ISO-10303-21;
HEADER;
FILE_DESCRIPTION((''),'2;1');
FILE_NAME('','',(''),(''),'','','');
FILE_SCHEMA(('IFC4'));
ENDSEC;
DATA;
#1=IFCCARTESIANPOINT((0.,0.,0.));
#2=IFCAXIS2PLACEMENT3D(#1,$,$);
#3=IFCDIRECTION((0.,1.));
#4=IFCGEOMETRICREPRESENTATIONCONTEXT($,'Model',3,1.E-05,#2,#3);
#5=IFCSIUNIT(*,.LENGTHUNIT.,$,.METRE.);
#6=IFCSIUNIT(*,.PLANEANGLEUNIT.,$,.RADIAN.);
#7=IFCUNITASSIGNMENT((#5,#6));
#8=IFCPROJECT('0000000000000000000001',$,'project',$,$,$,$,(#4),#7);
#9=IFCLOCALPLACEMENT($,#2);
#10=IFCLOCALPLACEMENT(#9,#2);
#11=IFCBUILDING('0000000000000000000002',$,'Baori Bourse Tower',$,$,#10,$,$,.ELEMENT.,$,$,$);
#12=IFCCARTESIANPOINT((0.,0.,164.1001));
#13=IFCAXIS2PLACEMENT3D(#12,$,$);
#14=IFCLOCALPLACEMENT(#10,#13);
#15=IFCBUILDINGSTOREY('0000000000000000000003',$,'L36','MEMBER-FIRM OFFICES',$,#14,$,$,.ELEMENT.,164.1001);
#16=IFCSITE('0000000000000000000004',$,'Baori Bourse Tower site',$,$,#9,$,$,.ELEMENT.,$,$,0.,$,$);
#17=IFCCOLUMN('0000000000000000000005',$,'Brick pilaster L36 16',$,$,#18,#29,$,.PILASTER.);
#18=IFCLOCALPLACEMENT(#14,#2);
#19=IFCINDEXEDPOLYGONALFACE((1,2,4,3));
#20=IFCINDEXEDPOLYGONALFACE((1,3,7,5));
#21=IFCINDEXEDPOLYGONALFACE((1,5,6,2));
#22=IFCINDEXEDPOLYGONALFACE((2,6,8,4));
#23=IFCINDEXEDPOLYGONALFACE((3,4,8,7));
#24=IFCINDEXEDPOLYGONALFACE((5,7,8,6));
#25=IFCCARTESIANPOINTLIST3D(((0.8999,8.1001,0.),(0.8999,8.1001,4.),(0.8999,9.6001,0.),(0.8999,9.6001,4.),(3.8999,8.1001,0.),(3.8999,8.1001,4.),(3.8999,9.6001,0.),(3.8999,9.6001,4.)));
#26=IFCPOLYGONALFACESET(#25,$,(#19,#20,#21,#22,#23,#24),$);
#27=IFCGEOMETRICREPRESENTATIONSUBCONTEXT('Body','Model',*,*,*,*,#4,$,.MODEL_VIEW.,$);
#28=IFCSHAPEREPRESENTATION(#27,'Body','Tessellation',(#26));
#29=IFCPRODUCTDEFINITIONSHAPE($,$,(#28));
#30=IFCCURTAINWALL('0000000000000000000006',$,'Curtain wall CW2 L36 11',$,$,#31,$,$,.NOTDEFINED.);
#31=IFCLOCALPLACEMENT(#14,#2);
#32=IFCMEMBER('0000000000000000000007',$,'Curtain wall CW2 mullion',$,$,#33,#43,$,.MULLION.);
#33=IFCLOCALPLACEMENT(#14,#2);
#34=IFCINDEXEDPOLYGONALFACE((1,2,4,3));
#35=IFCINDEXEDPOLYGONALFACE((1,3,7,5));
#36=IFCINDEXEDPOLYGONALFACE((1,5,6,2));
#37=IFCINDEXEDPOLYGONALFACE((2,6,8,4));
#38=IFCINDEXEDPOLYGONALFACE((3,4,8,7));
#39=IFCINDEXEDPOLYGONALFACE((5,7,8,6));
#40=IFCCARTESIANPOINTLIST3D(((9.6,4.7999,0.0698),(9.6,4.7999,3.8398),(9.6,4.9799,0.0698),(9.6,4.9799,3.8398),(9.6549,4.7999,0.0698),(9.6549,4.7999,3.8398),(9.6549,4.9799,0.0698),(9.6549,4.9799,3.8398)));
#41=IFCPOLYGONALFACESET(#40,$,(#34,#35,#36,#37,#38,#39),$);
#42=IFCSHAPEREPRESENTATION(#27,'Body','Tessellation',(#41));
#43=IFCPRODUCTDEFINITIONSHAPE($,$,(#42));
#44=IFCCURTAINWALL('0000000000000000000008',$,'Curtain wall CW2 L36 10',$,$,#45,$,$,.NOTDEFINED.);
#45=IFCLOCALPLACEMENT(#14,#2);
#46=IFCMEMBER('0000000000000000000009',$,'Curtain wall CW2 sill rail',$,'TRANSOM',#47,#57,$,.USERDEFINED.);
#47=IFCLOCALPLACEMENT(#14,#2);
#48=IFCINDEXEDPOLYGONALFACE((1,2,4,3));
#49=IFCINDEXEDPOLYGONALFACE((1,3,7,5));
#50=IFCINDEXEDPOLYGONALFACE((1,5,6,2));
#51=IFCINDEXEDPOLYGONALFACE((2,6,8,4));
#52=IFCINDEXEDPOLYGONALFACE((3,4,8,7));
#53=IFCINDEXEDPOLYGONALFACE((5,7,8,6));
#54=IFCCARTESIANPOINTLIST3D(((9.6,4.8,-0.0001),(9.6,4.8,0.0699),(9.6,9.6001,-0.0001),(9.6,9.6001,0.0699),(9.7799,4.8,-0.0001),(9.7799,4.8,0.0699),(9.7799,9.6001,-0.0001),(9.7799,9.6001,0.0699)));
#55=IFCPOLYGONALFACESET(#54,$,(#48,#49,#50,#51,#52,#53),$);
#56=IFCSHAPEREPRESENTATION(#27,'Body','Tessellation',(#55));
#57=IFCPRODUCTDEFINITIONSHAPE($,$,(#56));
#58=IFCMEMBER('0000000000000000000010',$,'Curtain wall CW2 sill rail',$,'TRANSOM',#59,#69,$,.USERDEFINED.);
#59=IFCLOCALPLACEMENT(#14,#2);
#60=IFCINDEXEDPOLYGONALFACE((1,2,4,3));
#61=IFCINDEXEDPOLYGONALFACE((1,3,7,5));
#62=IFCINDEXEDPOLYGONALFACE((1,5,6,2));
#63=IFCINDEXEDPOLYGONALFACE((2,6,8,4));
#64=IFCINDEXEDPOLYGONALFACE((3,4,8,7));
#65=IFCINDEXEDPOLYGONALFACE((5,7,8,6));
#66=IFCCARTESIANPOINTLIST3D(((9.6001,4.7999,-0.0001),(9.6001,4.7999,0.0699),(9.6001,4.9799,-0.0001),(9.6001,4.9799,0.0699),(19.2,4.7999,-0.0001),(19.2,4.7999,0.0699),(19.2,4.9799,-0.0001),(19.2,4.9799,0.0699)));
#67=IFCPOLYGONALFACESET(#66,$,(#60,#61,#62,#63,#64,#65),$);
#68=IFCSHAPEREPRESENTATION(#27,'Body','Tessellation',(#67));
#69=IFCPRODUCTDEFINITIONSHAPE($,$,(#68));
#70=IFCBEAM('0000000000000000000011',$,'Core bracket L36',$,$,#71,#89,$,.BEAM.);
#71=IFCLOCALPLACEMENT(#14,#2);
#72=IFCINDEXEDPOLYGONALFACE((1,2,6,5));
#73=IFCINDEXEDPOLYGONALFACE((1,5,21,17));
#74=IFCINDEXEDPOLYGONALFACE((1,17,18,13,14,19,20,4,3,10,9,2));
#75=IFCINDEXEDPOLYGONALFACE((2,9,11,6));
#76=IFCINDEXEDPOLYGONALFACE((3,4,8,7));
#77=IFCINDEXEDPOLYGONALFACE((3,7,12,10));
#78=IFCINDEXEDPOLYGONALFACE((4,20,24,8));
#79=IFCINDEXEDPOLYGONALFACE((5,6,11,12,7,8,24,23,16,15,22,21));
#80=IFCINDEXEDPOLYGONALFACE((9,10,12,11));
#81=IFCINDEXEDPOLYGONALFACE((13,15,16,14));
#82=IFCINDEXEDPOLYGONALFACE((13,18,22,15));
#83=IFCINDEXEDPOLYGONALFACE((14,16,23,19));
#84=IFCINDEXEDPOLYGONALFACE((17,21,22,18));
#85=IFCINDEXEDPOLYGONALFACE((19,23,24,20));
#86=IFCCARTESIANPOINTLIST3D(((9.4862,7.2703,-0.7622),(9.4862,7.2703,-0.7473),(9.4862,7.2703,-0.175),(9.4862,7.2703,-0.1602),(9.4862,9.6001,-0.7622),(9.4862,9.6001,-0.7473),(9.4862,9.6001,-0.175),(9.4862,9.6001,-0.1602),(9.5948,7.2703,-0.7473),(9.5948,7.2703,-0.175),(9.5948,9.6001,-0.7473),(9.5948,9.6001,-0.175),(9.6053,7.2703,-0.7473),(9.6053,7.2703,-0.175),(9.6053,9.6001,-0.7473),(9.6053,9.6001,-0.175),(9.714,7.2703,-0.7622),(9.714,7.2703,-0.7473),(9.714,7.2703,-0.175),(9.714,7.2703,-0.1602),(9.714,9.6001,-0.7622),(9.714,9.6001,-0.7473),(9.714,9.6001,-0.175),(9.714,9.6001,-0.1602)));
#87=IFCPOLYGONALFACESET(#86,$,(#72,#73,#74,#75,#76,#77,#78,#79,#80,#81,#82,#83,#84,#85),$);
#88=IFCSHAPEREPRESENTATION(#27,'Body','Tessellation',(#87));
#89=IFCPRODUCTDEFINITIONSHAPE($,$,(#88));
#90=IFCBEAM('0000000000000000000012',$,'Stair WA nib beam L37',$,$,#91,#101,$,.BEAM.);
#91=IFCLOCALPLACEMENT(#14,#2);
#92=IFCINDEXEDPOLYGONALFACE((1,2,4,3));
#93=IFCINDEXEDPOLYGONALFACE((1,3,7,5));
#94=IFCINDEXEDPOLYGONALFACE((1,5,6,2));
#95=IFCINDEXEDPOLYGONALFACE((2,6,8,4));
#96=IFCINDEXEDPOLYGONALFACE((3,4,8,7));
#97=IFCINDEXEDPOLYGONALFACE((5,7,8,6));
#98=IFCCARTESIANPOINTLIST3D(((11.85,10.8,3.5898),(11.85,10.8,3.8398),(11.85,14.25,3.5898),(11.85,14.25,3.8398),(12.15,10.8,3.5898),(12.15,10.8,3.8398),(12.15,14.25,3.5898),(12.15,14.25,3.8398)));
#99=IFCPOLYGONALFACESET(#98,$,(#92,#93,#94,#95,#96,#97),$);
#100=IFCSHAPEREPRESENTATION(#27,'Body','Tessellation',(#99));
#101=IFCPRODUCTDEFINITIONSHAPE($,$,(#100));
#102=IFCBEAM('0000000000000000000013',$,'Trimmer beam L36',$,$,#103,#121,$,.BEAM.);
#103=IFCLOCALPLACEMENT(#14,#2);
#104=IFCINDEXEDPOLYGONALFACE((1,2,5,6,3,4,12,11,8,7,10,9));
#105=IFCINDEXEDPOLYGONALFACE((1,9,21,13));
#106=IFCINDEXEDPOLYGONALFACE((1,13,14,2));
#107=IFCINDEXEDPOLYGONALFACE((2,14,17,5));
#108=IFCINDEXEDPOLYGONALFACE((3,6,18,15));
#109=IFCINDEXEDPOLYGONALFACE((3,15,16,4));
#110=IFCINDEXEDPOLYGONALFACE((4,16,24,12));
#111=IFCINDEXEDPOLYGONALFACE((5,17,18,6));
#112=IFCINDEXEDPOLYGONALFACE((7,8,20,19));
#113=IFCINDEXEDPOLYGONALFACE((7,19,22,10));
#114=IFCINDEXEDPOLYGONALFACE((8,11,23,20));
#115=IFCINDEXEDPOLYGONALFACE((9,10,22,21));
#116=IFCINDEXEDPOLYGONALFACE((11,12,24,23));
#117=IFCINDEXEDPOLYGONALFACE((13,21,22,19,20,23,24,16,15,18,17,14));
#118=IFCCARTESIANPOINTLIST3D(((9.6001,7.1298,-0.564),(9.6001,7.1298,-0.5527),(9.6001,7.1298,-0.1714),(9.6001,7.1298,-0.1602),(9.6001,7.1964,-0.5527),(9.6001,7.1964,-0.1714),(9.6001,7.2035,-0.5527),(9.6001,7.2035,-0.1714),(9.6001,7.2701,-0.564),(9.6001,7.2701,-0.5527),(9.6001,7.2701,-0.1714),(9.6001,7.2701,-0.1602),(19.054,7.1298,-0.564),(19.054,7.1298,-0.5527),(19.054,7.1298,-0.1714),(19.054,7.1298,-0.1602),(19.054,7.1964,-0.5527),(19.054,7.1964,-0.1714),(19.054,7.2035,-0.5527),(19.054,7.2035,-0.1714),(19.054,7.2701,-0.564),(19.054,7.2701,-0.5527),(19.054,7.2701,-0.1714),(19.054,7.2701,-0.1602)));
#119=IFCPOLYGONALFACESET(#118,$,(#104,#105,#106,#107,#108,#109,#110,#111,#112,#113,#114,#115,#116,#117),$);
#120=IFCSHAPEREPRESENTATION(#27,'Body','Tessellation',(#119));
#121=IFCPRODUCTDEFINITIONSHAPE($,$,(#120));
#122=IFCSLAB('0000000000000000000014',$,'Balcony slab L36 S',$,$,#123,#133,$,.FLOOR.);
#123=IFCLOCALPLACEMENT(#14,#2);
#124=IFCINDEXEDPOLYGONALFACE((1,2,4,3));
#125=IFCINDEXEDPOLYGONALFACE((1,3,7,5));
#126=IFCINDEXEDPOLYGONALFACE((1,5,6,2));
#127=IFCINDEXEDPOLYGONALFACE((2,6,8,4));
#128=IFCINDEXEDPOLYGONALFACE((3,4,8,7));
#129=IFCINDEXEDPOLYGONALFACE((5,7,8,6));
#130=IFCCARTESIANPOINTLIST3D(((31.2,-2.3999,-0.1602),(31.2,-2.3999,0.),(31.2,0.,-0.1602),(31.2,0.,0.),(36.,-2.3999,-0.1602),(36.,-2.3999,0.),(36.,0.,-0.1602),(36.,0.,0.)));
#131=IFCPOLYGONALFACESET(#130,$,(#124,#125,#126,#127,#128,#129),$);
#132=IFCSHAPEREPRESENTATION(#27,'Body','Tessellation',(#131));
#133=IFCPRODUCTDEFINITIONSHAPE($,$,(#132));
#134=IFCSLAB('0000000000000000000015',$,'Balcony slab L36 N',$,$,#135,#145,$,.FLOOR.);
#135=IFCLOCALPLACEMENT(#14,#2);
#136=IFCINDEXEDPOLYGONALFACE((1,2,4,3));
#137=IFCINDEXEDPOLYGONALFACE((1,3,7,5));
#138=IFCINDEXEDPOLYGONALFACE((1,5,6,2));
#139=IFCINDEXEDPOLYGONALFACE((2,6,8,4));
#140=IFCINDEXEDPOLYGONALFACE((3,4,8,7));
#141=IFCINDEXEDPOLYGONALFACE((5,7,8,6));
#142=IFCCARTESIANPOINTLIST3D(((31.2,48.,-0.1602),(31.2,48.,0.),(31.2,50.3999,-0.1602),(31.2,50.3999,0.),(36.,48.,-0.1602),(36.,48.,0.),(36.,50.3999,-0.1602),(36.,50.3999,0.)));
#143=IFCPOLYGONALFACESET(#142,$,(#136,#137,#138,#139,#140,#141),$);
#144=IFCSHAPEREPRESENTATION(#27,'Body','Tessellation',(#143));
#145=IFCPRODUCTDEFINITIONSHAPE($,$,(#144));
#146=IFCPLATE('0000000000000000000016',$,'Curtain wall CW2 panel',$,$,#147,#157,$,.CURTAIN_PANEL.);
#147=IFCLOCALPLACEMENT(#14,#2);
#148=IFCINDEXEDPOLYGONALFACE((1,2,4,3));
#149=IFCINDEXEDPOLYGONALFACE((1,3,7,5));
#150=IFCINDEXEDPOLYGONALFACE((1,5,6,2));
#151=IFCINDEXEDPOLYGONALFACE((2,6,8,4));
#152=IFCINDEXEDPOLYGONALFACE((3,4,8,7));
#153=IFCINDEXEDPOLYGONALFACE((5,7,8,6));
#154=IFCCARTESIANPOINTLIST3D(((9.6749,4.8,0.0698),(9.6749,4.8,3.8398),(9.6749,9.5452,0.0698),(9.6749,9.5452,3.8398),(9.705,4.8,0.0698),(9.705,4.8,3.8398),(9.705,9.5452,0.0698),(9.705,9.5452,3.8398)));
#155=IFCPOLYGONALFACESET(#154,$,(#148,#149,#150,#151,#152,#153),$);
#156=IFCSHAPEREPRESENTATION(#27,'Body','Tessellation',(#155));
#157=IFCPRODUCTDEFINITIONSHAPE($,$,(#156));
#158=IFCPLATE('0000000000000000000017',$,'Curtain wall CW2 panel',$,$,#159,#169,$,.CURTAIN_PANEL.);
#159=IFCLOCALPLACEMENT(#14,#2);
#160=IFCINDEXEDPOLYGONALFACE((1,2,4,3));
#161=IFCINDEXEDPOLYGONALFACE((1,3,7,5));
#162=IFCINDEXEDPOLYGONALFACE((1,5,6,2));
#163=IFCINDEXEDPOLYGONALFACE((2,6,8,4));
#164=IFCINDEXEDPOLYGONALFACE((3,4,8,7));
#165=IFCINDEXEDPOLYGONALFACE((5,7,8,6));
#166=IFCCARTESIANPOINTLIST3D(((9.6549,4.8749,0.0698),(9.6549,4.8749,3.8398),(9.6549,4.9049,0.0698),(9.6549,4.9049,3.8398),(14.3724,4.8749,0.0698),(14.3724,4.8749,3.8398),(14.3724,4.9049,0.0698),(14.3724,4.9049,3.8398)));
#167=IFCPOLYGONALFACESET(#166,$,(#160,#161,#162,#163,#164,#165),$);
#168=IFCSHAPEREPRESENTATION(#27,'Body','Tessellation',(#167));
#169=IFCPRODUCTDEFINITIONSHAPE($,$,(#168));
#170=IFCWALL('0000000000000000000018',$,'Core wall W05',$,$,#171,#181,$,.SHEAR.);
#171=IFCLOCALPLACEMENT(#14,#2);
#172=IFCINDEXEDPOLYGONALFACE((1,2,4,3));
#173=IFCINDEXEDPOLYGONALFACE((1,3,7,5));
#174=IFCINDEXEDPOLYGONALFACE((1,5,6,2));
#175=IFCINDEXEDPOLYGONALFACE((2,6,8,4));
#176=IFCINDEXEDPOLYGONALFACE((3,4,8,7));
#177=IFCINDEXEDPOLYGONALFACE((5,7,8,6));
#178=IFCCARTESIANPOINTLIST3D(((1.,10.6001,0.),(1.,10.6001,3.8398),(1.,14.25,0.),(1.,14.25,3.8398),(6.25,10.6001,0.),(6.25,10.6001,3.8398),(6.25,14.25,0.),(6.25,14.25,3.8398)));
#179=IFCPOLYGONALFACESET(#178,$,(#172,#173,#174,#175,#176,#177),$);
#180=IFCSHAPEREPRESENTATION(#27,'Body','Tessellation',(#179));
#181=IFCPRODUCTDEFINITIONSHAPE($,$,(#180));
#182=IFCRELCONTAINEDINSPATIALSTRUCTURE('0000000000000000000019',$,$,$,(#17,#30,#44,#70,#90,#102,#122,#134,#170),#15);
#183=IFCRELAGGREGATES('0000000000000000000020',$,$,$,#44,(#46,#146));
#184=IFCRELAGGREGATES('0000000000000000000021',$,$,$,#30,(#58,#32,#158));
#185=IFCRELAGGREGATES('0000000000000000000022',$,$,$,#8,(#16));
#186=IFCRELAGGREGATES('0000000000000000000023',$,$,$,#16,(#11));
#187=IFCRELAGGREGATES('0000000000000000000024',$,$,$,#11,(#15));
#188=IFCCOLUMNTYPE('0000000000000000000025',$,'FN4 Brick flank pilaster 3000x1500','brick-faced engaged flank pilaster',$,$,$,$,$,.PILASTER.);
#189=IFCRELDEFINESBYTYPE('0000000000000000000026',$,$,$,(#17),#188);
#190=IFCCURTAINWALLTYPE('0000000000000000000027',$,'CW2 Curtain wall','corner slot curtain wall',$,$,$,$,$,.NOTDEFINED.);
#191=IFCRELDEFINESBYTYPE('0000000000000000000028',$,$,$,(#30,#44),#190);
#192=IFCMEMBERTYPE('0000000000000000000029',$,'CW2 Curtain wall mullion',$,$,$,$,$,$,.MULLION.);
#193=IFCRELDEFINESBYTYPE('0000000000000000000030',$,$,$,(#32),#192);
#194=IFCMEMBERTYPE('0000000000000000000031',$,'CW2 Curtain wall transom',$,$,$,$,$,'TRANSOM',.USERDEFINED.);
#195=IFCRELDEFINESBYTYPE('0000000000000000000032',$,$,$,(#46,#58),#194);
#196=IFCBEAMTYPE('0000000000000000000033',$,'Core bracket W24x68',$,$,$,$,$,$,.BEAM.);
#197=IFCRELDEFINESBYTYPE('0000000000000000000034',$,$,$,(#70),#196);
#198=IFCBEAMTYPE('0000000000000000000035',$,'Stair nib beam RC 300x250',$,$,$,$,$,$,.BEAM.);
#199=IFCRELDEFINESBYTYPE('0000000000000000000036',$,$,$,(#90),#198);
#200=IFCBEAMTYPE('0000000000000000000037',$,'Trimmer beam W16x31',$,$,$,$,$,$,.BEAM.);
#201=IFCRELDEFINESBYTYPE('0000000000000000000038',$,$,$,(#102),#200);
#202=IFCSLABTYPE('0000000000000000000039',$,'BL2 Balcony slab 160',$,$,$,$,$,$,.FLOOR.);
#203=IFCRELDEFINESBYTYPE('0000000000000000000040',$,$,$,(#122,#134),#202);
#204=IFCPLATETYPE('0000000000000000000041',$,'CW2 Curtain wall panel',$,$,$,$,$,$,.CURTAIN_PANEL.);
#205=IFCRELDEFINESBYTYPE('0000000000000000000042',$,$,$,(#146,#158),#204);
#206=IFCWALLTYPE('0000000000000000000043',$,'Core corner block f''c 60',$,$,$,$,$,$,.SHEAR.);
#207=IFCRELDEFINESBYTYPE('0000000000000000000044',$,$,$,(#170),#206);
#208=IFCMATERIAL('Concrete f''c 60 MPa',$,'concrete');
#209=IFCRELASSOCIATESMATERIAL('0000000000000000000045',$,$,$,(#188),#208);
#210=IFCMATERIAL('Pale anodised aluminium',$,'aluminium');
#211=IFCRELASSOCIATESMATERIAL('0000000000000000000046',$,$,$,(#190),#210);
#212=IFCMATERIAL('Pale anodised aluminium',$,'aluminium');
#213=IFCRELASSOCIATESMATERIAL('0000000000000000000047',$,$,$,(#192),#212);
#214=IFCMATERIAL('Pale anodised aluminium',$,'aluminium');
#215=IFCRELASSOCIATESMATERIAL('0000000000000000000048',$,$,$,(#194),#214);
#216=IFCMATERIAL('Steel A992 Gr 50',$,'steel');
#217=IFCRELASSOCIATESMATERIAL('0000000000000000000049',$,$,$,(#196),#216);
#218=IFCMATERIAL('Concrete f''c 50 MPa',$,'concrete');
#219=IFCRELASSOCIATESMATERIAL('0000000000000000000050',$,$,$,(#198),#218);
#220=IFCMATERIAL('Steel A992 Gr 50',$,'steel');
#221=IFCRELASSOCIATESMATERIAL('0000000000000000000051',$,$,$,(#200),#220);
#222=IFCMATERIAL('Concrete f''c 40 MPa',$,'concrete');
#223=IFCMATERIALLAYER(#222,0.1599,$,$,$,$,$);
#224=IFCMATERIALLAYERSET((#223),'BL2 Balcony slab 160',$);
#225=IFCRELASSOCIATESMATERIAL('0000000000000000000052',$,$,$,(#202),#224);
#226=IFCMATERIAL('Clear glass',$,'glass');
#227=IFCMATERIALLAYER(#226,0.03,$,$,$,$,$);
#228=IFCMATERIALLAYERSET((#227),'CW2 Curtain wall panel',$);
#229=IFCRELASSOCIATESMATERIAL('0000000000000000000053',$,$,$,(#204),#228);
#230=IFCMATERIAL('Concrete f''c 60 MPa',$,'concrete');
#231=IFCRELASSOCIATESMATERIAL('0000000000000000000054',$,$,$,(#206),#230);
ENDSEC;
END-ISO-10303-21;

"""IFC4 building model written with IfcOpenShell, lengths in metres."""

from ifc_helpers import new_model, si_unit, direction, frame, frame_2d, origin, origin_2d, place, context, subcontext, project, spatial, polyline, rectangle, i_section, outline, extrude, material, layer, layer_set, material_profile, profile_set, type_object, element, aggregate, save


model = new_model("IFC4")

# Units and contexts
model_context = context("Model", 3, precision=1e-05, world=origin(), true_north=direction((0.0, 1.0)))
body_context = subcontext(model_context, "Body", "Model", "MODEL_VIEW")
ifc_project = project(units=[si_unit("LENGTHUNIT", "METRE"), si_unit("PLANEANGLEUNIT", "RADIAN")], contexts=[model_context])

# Site, building, storey
site_placement = place(None, origin())
site = spatial("IfcSite", under=ifc_project, at=site_placement, Name="Baori Bourse Tower site", CompositionType="ELEMENT", RefElevation=0.0)
building_placement = place(site_placement, origin())
building = spatial("IfcBuilding", under=site, at=building_placement, Name="Baori Bourse Tower", CompositionType="ELEMENT")
storey_placement = place(building_placement, frame((0.0, 0.0, 164.1001)))
storey = spatial("IfcBuildingStorey", under=building, at=storey_placement, Name="L36", Description="MEMBER-FIRM OFFICES", CompositionType="ELEMENT", Elevation=164.1001)

# Column
ifc_material_1 = material(Name="Concrete f'c 60 MPa", Category="concrete")
ifc_material_profile_1 = material_profile(ifc_material_1, rectangle(XDim=3.0, YDim=1.5, at=origin_2d()), Name="RC 3000x1500")
ifc_profile_set_1 = profile_set([ifc_material_profile_1], Name="Concrete f'c 60 MPa")
column_type = type_object("IfcColumnType", Name="FN4 Brick flank pilaster 3000x1500", Description="brick-faced engaged flank pilaster", PredefinedType="PILASTER", material=ifc_profile_set_1)
column_placement = place(storey_placement, frame((2.3999, 8.8501, 0.0), z_axis=(0.0, 0.0, 1.0), x_axis=(1.0, 0.0, 0.0)))
element("IfcColumn", 1, at=column_placement, inside=storey, type_object=column_type, Name="Brick pilaster L36 16", PredefinedType="PILASTER", context=body_context, shape_type="SweptSolid", body=[
    extrude(rectangle(XDim=3.0, YDim=1.5, at=origin_2d()), origin(), (0.0, 0.0, 1.0), 4.0),
])

# Curtain walls, members
ifc_material_2 = material(Name="Pale anodised aluminium", Category="aluminium")
curtain_wall_type = type_object("IfcCurtainWallType", Name="CW2 Curtain wall", Description="corner slot curtain wall", PredefinedType="NOTDEFINED", material=ifc_material_2)
curtain_wall_1_placement = place(storey_placement, origin())
curtain_wall_1 = element("IfcCurtainWall", 2, at=curtain_wall_1_placement, inside=storey, type_object=curtain_wall_type, Name="Curtain wall CW2 L36 11", PredefinedType="NOTDEFINED")
ifc_material_3 = material(Name="Pale anodised aluminium", Category="aluminium")
ifc_material_profile_2 = material_profile(ifc_material_3, rectangle(XDim=0.1799, YDim=0.0549, at=origin_2d()), Name="Mullion 55x180")
ifc_profile_set_2 = profile_set([ifc_material_profile_2], Name="Pale anodised aluminium")
member_type_1 = type_object("IfcMemberType", Name="CW2 Curtain wall mullion", PredefinedType="MULLION", material=ifc_profile_set_2)
member_1_placement = place(storey_placement, frame((9.6274, 4.8899, 0.0698), z_axis=(0.0, 0.0, 1.0), x_axis=(0.0, 1.0, 0.0)))
member_1 = element("IfcMember", 3, at=member_1_placement, type_object=member_type_1, Name="Curtain wall CW2 mullion", PredefinedType="MULLION", context=body_context, shape_type="SweptSolid", body=[
    extrude(rectangle(XDim=0.1799, YDim=0.0549, at=origin_2d()), origin(), (0.0, 0.0, 1.0), 3.77),
])
curtain_wall_2_placement = place(storey_placement, origin())
curtain_wall_2 = element("IfcCurtainWall", 4, at=curtain_wall_2_placement, inside=storey, type_object=curtain_wall_type, Name="Curtain wall CW2 L36 10", PredefinedType="NOTDEFINED")
ifc_material_4 = material(Name="Pale anodised aluminium", Category="aluminium")
ifc_material_profile_3 = material_profile(ifc_material_4, rectangle(XDim=0.1799, YDim=0.0701, at=origin_2d()), Name="Transom 70x180")
ifc_profile_set_3 = profile_set([ifc_material_profile_3], Name="Pale anodised aluminium")
member_type_2 = type_object("IfcMemberType", Name="CW2 Curtain wall transom", ElementType="TRANSOM", PredefinedType="USERDEFINED", material=ifc_profile_set_3)
member_2_placement = place(storey_placement, frame((9.6899, 9.6001, 0.0349), z_axis=(0.0, -1.0, 0.0), x_axis=(1.0, 0.0, 0.0)))
member_2 = element("IfcMember", 5, at=member_2_placement, type_object=member_type_2, Name="Curtain wall CW2 sill rail", ObjectType="TRANSOM", PredefinedType="USERDEFINED", context=body_context, shape_type="SweptSolid", body=[
    extrude(rectangle(XDim=0.1799, YDim=0.0701, at=origin_2d()), origin(), (0.0, 0.0, 1.0), 4.8),
])

# Member
member_3_placement = place(storey_placement, frame((9.6001, 4.8899, 0.0349), z_axis=(1.0, 0.0, 0.0), x_axis=(0.0, 1.0, 0.0)))
member_3 = element("IfcMember", 6, at=member_3_placement, type_object=member_type_2, Name="Curtain wall CW2 sill rail", ObjectType="TRANSOM", PredefinedType="USERDEFINED", context=body_context, shape_type="SweptSolid", body=[
    extrude(rectangle(XDim=0.1799, YDim=0.0701, at=origin_2d()), origin(), (0.0, 0.0, 1.0), 9.5999),
])

# Beams
ifc_material_5 = material(Name="Steel A992 Gr 50", Category="steel")
ifc_material_profile_4 = material_profile(ifc_material_5, i_section(OverallWidth=0.2278, OverallDepth=0.6021, WebThickness=0.0105, FlangeThickness=0.0149, at=origin_2d()), Name="W24x68")
ifc_profile_set_4 = profile_set([ifc_material_profile_4], Name="Steel A992 Gr 50")
beam_type_1 = type_object("IfcBeamType", Name="Core bracket W24x68", PredefinedType="BEAM", material=ifc_profile_set_4)
beam_1_placement = place(storey_placement, frame((9.6001, 7.2703, -0.4612), z_axis=(0.0, 1.0, 0.0), x_axis=(-1.0, 0.0, 0.0)))
element("IfcBeam", 7, at=beam_1_placement, inside=storey, type_object=beam_type_1, Name="Core bracket L36", PredefinedType="BEAM", context=body_context, shape_type="SweptSolid", body=[
    extrude(i_section(OverallWidth=0.2278, OverallDepth=0.6021, WebThickness=0.0105, FlangeThickness=0.0149, at=origin_2d()), origin(), (0.0, 0.0, 1.0), 2.3298),
])
ifc_material_6 = material(Name="Concrete f'c 50 MPa", Category="concrete")
ifc_material_profile_5 = material_profile(ifc_material_6, rectangle(XDim=0.3, YDim=0.25, at=origin_2d()), Name="RC 300x250")
ifc_profile_set_5 = profile_set([ifc_material_profile_5], Name="Concrete f'c 50 MPa")
beam_type_2 = type_object("IfcBeamType", Name="Stair nib beam RC 300x250", PredefinedType="BEAM", material=ifc_profile_set_5)
beam_2_placement = place(storey_placement, frame((12.0, 10.8, 3.7148), z_axis=(0.0, 1.0, 0.0), x_axis=(-1.0, 0.0, 0.0)))
element("IfcBeam", 8, at=beam_2_placement, inside=storey, type_object=beam_type_2, Name="Stair WA nib beam L37", PredefinedType="BEAM", context=body_context, shape_type="SweptSolid", body=[
    extrude(rectangle(XDim=0.3, YDim=0.25, at=origin_2d()), origin(), (0.0, 0.0, 1.0), 3.45),
])
ifc_material_7 = material(Name="Steel A992 Gr 50", Category="steel")
ifc_material_profile_6 = material_profile(ifc_material_7, i_section(OverallWidth=0.1404, OverallDepth=0.4038, WebThickness=0.0071, FlangeThickness=0.0112, at=origin_2d()), Name="W16x31")
ifc_profile_set_6 = profile_set([ifc_material_profile_6], Name="Steel A992 Gr 50")
beam_type_3 = type_object("IfcBeamType", Name="Trimmer beam W16x31", PredefinedType="BEAM", material=ifc_profile_set_6)
beam_3_placement = place(storey_placement, frame((9.6001, 7.2, -0.3621), z_axis=(1.0, 0.0, 0.0), x_axis=(0.0, 1.0, 0.0)))
element("IfcBeam", 9, at=beam_3_placement, inside=storey, type_object=beam_type_3, Name="Trimmer beam L36", PredefinedType="BEAM", context=body_context, shape_type="SweptSolid", body=[
    extrude(i_section(OverallWidth=0.1404, OverallDepth=0.4038, WebThickness=0.0071, FlangeThickness=0.0112, at=origin_2d()), origin(), (0.0, 0.0, 1.0), 9.4539),
])

# Slabs
ifc_material_8 = material(Name="Concrete f'c 40 MPa", Category="concrete")
ifc_layer_1 = layer(ifc_material_8, 0.1599)
ifc_layer_set_1 = layer_set([ifc_layer_1], Name="BL2 Balcony slab 160")
slab_type = type_object("IfcSlabType", Name="BL2 Balcony slab 160", PredefinedType="FLOOR", material=ifc_layer_set_1)
slab_1_placement = place(storey_placement, frame((0.0, 0.0, -0.1602)))
element("IfcSlab", 10, at=slab_1_placement, inside=storey, type_object=slab_type, Name="Balcony slab L36 S", PredefinedType="FLOOR", context=body_context, shape_type="SweptSolid", body=[
    extrude(outline(polyline([(31.2, 0.0), (31.2, -2.3999), (36.0, -2.3999), (36.0, 0.0), (31.2, 0.0)])), origin(), (0.0, 0.0, 1.0), 0.1602),
])
slab_2_placement = place(storey_placement, frame((0.0, 0.0, -0.1602)))
element("IfcSlab", 11, at=slab_2_placement, inside=storey, type_object=slab_type, Name="Balcony slab L36 N", PredefinedType="FLOOR", context=body_context, shape_type="SweptSolid", body=[
    extrude(outline(polyline([(31.2, 48.0), (36.0, 48.0), (36.0, 50.3999), (31.2, 50.3999), (31.2, 48.0)])), origin(), (0.0, 0.0, 1.0), 0.1602),
])

# Plates
ifc_material_9 = material(Name="Clear glass", Category="glass")
ifc_layer_2 = layer(ifc_material_9, 0.03)
ifc_layer_set_2 = layer_set([ifc_layer_2], Name="CW2 Curtain wall panel")
plate_type = type_object("IfcPlateType", Name="CW2 Curtain wall panel", PredefinedType="CURTAIN_PANEL", material=ifc_layer_set_2)
plate_1_placement = place(storey_placement, frame((9.6899, 7.1726, 0.0698), z_axis=(0.0, 0.0, 1.0), x_axis=(0.0, -1.0, 0.0)))
plate_1 = element("IfcPlate", 12, at=plate_1_placement, type_object=plate_type, Name="Curtain wall CW2 panel", PredefinedType="CURTAIN_PANEL", context=body_context, shape_type="SweptSolid", body=[
    extrude(rectangle(XDim=4.7451, YDim=0.03, at=origin_2d()), origin(), (0.0, 0.0, 1.0), 3.77),
])
aggregate(curtain_wall_2, [member_2, plate_1])
plate_2_placement = place(storey_placement, frame((12.0137, 4.8899, 0.0698), z_axis=(0.0, 0.0, 1.0), x_axis=(1.0, 0.0, 0.0)))
plate_2 = element("IfcPlate", 13, at=plate_2_placement, type_object=plate_type, Name="Curtain wall CW2 panel", PredefinedType="CURTAIN_PANEL", context=body_context, shape_type="SweptSolid", body=[
    extrude(rectangle(XDim=4.7175, YDim=0.03, at=origin_2d()), origin(), (0.0, 0.0, 1.0), 3.77),
])
aggregate(curtain_wall_1, [member_3, member_1, plate_2])

# Wall
ifc_material_10 = material(Name="Concrete f'c 60 MPa", Category="concrete")
wall_type_1 = type_object("IfcWallType", Name="Core corner block f'c 60", PredefinedType="SHEAR", material=ifc_material_10)
wall_1_placement = place(storey_placement, frame((1.0, 12.425, 0.0), z_axis=(0.0, 0.0, 1.0), x_axis=(1.0, 0.0, 0.0)))
element("IfcWall", 14, at=wall_1_placement, inside=storey, type_object=wall_type_1, Name="Core wall W05", PredefinedType="SHEAR", context=body_context, shape_type="SweptSolid", body=[
    extrude(rectangle(XDim=5.25, YDim=3.6499, at=frame_2d((2.625, 0.0))), origin(), (0.0, 0.0, 1.0), 3.8398),
])

save(model, "model.ifc")
